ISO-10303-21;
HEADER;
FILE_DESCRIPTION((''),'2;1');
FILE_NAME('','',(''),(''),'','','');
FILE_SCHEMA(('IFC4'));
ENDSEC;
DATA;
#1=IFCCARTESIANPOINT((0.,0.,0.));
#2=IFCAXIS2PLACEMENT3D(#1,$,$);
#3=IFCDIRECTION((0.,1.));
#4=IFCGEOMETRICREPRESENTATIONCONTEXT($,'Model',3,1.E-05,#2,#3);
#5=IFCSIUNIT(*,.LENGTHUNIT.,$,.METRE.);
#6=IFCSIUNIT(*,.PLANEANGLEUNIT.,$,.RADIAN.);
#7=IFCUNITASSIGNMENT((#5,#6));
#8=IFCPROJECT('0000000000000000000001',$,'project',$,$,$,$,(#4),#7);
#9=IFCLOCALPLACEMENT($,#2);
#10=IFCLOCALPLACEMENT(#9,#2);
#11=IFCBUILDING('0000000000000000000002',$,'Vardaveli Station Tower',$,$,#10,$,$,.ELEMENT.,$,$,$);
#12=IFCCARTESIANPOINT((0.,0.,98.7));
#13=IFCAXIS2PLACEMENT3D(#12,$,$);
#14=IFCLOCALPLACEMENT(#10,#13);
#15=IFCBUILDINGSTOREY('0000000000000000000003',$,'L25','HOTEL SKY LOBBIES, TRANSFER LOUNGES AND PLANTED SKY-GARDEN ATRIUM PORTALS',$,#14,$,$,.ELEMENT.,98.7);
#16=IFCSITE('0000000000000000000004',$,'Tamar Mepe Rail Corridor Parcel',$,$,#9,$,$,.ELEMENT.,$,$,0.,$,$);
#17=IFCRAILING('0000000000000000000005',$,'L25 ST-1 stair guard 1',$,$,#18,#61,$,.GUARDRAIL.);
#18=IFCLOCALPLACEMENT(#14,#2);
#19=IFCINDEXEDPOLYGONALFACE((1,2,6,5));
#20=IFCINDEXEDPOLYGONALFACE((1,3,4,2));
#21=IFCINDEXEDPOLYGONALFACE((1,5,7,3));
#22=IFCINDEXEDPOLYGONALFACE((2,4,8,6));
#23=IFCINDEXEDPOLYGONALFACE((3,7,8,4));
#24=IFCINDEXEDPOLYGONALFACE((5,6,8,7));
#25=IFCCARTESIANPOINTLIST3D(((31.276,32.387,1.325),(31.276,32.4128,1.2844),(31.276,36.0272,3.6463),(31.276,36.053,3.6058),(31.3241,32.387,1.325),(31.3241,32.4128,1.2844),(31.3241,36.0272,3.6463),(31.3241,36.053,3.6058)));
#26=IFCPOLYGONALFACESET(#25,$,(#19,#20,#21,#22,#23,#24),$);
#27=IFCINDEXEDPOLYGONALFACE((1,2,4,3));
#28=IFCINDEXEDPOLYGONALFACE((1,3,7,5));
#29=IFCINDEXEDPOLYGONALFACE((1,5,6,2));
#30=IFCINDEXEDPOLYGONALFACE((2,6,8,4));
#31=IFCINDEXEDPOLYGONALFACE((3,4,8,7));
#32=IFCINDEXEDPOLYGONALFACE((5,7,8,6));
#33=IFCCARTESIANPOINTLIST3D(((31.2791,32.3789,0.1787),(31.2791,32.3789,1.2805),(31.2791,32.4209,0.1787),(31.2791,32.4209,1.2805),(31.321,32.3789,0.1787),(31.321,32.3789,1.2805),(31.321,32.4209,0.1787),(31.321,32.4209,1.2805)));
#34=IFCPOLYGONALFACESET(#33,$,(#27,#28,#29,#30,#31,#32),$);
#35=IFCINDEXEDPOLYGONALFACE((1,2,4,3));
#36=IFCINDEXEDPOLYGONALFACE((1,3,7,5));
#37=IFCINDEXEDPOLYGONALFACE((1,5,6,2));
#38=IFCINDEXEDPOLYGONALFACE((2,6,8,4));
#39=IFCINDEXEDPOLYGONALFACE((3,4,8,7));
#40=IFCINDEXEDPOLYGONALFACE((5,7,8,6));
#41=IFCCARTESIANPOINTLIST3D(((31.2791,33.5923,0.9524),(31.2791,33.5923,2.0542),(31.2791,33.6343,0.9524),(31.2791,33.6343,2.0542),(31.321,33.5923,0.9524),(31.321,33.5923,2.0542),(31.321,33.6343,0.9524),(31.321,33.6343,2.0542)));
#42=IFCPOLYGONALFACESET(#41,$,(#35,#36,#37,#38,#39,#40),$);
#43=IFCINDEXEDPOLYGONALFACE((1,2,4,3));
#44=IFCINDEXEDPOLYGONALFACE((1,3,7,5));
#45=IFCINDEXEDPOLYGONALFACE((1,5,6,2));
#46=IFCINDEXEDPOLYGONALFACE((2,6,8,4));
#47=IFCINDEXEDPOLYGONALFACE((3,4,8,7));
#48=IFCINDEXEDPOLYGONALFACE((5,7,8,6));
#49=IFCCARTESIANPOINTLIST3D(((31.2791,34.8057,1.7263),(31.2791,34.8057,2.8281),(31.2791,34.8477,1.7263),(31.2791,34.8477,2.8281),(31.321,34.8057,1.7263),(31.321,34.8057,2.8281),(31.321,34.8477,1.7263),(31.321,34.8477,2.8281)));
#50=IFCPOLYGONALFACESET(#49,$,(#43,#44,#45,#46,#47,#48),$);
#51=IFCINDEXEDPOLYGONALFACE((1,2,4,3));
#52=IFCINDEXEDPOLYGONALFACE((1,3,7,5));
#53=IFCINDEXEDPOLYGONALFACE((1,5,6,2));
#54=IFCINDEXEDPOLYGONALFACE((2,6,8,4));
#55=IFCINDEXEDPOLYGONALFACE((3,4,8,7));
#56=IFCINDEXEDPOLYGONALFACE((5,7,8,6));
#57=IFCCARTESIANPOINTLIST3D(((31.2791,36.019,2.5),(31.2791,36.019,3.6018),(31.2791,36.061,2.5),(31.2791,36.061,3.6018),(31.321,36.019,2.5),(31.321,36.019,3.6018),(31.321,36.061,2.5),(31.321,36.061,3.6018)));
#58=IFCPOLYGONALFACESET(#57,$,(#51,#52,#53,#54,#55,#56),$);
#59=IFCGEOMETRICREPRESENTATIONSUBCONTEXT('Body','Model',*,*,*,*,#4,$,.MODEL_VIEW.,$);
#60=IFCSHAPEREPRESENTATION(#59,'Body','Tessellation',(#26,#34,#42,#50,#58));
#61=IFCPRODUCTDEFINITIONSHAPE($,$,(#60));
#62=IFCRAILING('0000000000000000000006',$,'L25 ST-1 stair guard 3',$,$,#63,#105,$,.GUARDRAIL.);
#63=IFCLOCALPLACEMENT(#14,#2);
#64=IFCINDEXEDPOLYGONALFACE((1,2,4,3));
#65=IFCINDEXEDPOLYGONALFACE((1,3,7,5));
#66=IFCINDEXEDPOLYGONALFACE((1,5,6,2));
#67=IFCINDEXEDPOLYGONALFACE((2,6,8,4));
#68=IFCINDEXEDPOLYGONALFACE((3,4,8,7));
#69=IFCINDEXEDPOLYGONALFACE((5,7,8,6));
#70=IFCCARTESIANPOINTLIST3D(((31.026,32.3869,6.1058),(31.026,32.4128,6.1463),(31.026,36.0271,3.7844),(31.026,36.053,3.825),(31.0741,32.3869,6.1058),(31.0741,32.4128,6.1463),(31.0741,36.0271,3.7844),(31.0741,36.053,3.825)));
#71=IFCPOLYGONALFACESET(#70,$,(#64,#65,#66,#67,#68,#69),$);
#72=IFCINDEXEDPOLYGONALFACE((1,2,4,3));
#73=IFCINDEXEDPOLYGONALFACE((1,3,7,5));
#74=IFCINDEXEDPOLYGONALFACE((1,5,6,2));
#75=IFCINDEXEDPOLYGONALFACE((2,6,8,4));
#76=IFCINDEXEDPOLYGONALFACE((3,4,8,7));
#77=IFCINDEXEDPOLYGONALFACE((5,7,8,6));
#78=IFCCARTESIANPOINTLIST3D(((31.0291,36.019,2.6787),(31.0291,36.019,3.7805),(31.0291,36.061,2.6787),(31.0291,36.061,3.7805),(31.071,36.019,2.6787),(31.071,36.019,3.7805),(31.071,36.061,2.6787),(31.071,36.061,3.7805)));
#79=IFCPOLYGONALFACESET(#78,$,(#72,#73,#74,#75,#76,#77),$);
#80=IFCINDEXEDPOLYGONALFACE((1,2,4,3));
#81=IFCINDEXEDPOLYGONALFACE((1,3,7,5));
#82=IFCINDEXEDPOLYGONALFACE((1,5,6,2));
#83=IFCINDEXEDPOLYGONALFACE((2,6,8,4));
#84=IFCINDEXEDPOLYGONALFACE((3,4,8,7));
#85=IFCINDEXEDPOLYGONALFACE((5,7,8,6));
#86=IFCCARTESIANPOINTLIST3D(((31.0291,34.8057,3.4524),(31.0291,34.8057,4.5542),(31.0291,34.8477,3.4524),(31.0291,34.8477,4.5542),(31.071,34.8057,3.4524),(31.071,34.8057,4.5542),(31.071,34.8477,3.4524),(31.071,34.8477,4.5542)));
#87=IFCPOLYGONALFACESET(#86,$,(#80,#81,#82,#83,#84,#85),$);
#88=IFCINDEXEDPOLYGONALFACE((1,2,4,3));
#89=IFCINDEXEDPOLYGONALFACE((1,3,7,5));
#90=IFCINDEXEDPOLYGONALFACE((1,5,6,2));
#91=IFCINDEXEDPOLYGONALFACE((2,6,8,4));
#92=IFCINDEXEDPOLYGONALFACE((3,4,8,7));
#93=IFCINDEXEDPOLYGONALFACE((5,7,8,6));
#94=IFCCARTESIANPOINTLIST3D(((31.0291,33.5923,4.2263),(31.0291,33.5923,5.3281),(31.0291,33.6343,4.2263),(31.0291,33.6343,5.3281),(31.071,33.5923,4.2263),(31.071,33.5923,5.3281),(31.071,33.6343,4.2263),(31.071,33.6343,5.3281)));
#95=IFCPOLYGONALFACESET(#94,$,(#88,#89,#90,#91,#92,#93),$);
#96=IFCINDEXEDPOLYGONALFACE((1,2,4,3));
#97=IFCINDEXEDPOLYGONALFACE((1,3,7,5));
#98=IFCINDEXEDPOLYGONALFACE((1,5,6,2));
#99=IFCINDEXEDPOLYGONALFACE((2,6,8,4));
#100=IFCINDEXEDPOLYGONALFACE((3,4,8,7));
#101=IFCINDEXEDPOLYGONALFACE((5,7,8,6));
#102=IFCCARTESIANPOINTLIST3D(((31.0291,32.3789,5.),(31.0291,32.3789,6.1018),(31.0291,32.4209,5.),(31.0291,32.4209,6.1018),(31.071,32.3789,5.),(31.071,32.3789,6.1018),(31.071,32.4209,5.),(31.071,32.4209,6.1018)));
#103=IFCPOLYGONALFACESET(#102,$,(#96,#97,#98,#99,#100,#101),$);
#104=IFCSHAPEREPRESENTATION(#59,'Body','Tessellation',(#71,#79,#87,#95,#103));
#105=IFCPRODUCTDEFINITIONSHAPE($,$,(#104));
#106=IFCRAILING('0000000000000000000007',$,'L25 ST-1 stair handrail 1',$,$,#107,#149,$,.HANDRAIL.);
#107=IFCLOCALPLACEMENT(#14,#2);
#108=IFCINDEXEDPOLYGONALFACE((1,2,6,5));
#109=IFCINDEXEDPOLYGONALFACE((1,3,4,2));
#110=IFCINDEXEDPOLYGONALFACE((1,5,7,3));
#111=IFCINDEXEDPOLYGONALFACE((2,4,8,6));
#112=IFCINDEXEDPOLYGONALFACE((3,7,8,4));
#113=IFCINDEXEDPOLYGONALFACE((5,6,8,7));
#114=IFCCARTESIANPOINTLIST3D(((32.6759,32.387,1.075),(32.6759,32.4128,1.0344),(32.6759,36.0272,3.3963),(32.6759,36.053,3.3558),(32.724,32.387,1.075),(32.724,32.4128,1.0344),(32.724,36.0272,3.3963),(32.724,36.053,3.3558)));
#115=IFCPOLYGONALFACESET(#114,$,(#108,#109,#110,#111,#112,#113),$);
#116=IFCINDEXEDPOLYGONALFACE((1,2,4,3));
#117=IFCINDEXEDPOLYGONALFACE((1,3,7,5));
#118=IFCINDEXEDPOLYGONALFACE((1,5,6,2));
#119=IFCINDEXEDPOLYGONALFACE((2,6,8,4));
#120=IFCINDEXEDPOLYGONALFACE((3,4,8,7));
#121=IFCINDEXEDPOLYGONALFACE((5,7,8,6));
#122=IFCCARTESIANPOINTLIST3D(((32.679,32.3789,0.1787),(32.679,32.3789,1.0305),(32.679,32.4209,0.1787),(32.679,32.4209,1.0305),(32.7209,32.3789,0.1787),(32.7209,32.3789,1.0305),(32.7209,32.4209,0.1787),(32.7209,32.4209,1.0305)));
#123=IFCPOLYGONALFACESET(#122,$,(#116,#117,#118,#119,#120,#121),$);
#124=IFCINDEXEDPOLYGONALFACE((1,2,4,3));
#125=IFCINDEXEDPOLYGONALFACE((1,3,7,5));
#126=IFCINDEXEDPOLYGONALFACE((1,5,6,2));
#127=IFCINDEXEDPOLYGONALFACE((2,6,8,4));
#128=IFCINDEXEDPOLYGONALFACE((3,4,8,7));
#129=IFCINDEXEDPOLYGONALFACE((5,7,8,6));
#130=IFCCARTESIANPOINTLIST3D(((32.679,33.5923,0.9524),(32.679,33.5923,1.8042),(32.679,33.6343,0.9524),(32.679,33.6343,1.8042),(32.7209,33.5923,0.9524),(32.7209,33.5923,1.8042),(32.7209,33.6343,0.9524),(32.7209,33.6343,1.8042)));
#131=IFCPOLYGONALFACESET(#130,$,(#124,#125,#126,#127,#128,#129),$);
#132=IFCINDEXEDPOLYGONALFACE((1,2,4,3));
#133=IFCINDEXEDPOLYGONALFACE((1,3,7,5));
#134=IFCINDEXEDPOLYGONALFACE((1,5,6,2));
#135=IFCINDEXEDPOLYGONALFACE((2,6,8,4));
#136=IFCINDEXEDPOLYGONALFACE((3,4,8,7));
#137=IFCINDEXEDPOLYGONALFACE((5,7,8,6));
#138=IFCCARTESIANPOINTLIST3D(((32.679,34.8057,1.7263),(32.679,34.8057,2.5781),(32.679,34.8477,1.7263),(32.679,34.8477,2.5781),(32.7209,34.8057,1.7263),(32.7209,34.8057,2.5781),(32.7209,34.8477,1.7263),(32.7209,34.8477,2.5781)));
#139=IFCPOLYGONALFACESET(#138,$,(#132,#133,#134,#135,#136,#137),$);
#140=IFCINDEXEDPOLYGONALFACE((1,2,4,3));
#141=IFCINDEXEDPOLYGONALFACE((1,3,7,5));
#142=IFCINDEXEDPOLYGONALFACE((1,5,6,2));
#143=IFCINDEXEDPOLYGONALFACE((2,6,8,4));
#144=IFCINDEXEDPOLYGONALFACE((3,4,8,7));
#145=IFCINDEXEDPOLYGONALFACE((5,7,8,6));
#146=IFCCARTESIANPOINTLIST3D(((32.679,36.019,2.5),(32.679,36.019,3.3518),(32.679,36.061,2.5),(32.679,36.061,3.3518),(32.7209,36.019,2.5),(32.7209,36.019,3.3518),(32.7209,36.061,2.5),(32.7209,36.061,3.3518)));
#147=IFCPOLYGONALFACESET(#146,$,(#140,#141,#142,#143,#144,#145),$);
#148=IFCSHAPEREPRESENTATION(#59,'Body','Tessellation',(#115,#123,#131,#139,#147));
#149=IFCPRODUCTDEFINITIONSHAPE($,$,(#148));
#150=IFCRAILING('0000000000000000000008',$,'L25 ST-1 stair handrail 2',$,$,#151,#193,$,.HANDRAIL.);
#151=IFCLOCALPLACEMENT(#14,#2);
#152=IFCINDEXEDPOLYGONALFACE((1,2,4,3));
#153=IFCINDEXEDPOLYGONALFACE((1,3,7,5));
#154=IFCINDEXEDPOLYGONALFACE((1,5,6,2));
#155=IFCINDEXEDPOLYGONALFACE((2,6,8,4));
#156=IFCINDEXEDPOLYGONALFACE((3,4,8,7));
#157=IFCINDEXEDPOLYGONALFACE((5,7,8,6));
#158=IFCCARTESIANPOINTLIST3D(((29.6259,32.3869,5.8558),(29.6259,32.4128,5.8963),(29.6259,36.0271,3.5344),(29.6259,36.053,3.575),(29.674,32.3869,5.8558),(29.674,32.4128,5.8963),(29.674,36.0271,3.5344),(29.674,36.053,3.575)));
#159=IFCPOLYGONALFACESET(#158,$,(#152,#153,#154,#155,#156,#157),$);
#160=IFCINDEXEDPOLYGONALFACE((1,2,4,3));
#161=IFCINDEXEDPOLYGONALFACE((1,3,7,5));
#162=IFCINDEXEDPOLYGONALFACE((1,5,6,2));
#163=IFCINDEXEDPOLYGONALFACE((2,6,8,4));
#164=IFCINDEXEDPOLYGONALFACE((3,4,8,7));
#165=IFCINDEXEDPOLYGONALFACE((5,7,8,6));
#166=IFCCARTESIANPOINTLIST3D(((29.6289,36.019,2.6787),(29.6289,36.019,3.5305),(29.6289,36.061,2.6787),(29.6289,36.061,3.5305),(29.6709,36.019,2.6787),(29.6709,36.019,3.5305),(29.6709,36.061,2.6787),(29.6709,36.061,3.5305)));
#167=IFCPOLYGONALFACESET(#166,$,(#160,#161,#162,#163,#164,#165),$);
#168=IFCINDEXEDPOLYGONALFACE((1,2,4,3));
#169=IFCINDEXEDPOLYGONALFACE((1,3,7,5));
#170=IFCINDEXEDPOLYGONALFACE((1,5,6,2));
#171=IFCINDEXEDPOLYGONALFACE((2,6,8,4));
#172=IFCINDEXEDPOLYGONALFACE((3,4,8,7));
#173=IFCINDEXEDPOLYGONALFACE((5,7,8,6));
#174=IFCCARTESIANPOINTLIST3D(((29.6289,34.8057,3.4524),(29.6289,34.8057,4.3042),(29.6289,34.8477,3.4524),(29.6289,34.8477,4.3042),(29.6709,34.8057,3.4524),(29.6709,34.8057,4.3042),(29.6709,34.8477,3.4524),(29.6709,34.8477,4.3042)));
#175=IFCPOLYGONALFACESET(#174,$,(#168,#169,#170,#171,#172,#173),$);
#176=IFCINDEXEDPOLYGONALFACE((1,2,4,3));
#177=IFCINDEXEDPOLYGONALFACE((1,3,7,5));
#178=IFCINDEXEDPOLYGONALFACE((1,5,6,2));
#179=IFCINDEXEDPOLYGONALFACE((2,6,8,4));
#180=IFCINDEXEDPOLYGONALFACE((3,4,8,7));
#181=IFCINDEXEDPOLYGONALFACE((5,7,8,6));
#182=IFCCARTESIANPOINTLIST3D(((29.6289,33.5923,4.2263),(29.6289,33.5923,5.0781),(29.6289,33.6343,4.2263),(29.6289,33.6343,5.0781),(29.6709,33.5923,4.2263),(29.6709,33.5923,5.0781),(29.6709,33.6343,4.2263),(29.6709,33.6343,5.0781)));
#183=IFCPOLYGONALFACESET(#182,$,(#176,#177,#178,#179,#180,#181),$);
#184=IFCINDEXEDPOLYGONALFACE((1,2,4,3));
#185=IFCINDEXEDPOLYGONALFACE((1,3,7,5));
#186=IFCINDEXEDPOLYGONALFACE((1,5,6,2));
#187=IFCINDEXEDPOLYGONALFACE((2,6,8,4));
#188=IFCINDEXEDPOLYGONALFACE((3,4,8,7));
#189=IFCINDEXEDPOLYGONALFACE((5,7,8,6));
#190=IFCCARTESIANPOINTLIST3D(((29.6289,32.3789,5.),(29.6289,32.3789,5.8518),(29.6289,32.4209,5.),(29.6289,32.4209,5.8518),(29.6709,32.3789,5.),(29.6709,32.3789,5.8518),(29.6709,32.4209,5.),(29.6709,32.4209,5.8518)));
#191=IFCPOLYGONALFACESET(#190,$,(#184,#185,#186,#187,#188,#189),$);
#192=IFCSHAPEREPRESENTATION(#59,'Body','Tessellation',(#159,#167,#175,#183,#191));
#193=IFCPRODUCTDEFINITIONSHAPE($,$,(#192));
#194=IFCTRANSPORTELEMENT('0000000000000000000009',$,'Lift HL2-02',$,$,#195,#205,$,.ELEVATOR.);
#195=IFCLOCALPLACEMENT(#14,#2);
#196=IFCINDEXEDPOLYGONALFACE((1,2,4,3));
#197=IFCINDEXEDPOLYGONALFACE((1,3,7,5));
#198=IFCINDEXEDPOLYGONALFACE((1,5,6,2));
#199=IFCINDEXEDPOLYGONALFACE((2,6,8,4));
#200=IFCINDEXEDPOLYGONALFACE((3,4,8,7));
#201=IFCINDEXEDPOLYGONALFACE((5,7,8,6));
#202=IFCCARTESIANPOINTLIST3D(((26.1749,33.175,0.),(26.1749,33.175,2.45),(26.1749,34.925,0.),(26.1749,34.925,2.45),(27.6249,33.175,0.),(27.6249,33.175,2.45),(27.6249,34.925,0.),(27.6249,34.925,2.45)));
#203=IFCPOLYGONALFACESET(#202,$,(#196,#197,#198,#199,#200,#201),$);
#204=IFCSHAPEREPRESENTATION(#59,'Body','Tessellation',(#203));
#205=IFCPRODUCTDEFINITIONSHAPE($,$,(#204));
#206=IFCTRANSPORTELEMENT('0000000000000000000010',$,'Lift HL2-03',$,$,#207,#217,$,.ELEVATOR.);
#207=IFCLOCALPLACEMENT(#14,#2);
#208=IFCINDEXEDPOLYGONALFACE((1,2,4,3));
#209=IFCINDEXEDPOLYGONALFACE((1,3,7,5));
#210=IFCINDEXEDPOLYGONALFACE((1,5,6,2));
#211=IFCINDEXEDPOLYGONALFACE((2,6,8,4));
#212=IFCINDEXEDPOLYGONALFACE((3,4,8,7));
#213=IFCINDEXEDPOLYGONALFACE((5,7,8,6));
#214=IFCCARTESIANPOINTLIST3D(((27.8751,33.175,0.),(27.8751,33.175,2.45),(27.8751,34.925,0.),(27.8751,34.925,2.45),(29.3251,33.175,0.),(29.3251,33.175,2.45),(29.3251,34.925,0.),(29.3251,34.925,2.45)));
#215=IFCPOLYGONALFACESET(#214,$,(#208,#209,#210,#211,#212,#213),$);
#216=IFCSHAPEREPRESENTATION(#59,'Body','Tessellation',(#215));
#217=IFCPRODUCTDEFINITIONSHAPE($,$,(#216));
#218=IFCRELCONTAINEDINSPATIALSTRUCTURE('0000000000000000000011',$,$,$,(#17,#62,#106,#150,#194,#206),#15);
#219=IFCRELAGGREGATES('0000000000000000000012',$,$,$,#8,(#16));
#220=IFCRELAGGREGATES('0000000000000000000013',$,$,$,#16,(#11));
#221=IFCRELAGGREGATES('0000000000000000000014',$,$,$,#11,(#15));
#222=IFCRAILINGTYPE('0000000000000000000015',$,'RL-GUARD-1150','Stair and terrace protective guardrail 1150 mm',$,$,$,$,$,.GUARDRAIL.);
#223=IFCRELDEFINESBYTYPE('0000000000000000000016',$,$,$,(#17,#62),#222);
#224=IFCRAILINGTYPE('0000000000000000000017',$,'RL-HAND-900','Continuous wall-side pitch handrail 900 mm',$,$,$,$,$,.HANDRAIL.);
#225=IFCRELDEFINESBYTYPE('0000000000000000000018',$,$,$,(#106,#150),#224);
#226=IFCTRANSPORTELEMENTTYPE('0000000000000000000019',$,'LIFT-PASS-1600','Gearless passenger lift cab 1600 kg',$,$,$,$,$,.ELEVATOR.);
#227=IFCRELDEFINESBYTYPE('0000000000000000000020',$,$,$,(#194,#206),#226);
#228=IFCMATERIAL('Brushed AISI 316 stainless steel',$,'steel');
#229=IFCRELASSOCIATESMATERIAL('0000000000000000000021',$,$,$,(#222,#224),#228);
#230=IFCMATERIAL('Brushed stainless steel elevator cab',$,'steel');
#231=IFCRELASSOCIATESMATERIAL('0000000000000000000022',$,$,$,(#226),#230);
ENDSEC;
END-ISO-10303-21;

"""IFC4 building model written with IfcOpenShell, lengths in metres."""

from ifc_helpers import new_model, si_unit, direction, frame, origin, origin_2d, place, context, subcontext, project, spatial, rectangle, extrude, source, transform, mapped, material, type_object, element, save


model = new_model("IFC4")

# Units and contexts
model_context = context("Model", 3, precision=1e-05, world=origin(), true_north=direction((0.0, 1.0)))
body_context = subcontext(model_context, "Body", "Model", "MODEL_VIEW")
ifc_project = project(units=[si_unit("LENGTHUNIT", "METRE"), si_unit("PLANEANGLEUNIT", "RADIAN")], contexts=[model_context])

# Site, building, storey
site_placement = place(None, origin())
site = spatial("IfcSite", under=ifc_project, at=site_placement, Name="Tamar Mepe Rail Corridor Parcel", CompositionType="ELEMENT", RefElevation=0.0)
building_placement = place(site_placement, origin())
building = spatial("IfcBuilding", under=site, at=building_placement, Name="Vardaveli Station Tower", CompositionType="ELEMENT")
storey_placement = place(building_placement, frame((0.0, 0.0, 98.7)))
storey = spatial("IfcBuildingStorey", under=building, at=storey_placement, Name="L25", Description="HOTEL SKY LOBBIES, TRANSFER LOUNGES AND PLANTED SKY-GARDEN ATRIUM PORTALS", CompositionType="ELEMENT", Elevation=98.7)

# Railings
ifc_material_1 = material(Name="Brushed AISI 316 stainless steel", Category="steel")
railing_type_1 = type_object("IfcRailingType", Name="RL-GUARD-1150", Description="Stair and terrace protective guardrail 1150 mm", PredefinedType="GUARDRAIL", material=ifc_material_1)
shared_shape_1 = source(origin(), body_context, "Body", "SweptSolid", [
    extrude(rectangle(XDim=0.0481, YDim=0.0481, at=origin_2d()), frame((0.0, 0.0, 1.126), z_axis=(0.0, 0.843153, 0.537673), x_axis=(-1.0, 0.0, 0.0)), (0.0, 0.0, 1.0), 4.3174),
    extrude(rectangle(XDim=0.042, YDim=0.042, at=origin_2d()), origin(), (0.0, 0.0, 1.0), 1.1018),
    extrude(rectangle(XDim=0.042, YDim=0.042, at=origin_2d()), frame((0.0, 1.2134, 0.7737)), (0.0, 0.0, 1.0), 1.1018),
    extrude(rectangle(XDim=0.042, YDim=0.042, at=origin_2d()), frame((0.0, 2.4268, 1.5476)), (0.0, 0.0, 1.0), 1.1018),
    extrude(rectangle(XDim=0.042, YDim=0.042, at=origin_2d()), frame((0.0, 3.6401, 2.3213)), (0.0, 0.0, 1.0), 1.1018),
])
railing_1_placement = place(storey_placement, frame((31.3, 32.3999, 0.1787)))
element("IfcRailing", 1, at=railing_1_placement, inside=storey, type_object=railing_type_1, Name="L25 ST-1 stair guard 1", PredefinedType="GUARDRAIL", context=body_context, shape_type="MappedRepresentation", body=[
    mapped(shared_shape_1, transform((0.0, 0.0, 0.0), scale=1.0)),
])
shared_shape_2 = source(origin(), body_context, "Body", "SweptSolid", [
    extrude(rectangle(XDim=0.0481, YDim=0.0481, at=origin_2d()), frame((0.0, 0.0, 1.126), z_axis=(0.0, -0.843153, 0.537673), x_axis=(1.0, 0.0, 0.0)), (0.0, 0.0, 1.0), 4.3174),
    extrude(rectangle(XDim=0.042, YDim=0.042, at=origin_2d()), origin(), (0.0, 0.0, 1.0), 1.1018),
    extrude(rectangle(XDim=0.042, YDim=0.042, at=origin_2d()), frame((0.0, -1.2134, 0.7737)), (0.0, 0.0, 1.0), 1.1018),
    extrude(rectangle(XDim=0.042, YDim=0.042, at=origin_2d()), frame((0.0, -2.4268, 1.5476)), (0.0, 0.0, 1.0), 1.1018),
    extrude(rectangle(XDim=0.042, YDim=0.042, at=origin_2d()), frame((0.0, -3.6401, 2.3213)), (0.0, 0.0, 1.0), 1.1018),
])
railing_2_placement = place(storey_placement, frame((31.05, 36.04, 2.6787)))
element("IfcRailing", 2, at=railing_2_placement, inside=storey, type_object=railing_type_1, Name="L25 ST-1 stair guard 3", PredefinedType="GUARDRAIL", context=body_context, shape_type="MappedRepresentation", body=[
    mapped(shared_shape_2, transform((0.0, 0.0, 0.0), scale=1.0)),
])
railing_type_2 = type_object("IfcRailingType", Name="RL-HAND-900", Description="Continuous wall-side pitch handrail 900 mm", PredefinedType="HANDRAIL", material=ifc_material_1)
shared_shape_3 = source(origin(), body_context, "Body", "SweptSolid", [
    extrude(rectangle(XDim=0.0481, YDim=0.0481, at=origin_2d()), frame((0.0, 0.0, 0.876), z_axis=(0.0, 0.843153, 0.537673), x_axis=(-1.0, 0.0, 0.0)), (0.0, 0.0, 1.0), 4.3174),
    extrude(rectangle(XDim=0.042, YDim=0.042, at=origin_2d()), origin(), (0.0, 0.0, 1.0), 0.8518),
    extrude(rectangle(XDim=0.042, YDim=0.042, at=origin_2d()), frame((0.0, 1.2134, 0.7737)), (0.0, 0.0, 1.0), 0.8518),
    extrude(rectangle(XDim=0.042, YDim=0.042, at=origin_2d()), frame((0.0, 2.4268, 1.5476)), (0.0, 0.0, 1.0), 0.8518),
    extrude(rectangle(XDim=0.042, YDim=0.042, at=origin_2d()), frame((0.0, 3.6401, 2.3213)), (0.0, 0.0, 1.0), 0.8518),
])
railing_3_placement = place(storey_placement, frame((32.7, 32.3999, 0.1787)))
element("IfcRailing", 3, at=railing_3_placement, inside=storey, type_object=railing_type_2, Name="L25 ST-1 stair handrail 1", PredefinedType="HANDRAIL", context=body_context, shape_type="MappedRepresentation", body=[
    mapped(shared_shape_3, transform((0.0, 0.0, 0.0), scale=1.0)),
])
shared_shape_4 = source(origin(), body_context, "Body", "SweptSolid", [
    extrude(rectangle(XDim=0.0481, YDim=0.0481, at=origin_2d()), frame((0.0, 0.0, 0.876), z_axis=(0.0, -0.843153, 0.537673), x_axis=(1.0, 0.0, 0.0)), (0.0, 0.0, 1.0), 4.3174),
    extrude(rectangle(XDim=0.042, YDim=0.042, at=origin_2d()), origin(), (0.0, 0.0, 1.0), 0.8518),
    extrude(rectangle(XDim=0.042, YDim=0.042, at=origin_2d()), frame((0.0, -1.2134, 0.7737)), (0.0, 0.0, 1.0), 0.8518),
    extrude(rectangle(XDim=0.042, YDim=0.042, at=origin_2d()), frame((0.0, -2.4268, 1.5476)), (0.0, 0.0, 1.0), 0.8518),
    extrude(rectangle(XDim=0.042, YDim=0.042, at=origin_2d()), frame((0.0, -3.6401, 2.3213)), (0.0, 0.0, 1.0), 0.8518),
])
railing_4_placement = place(storey_placement, frame((29.6499, 36.04, 2.6787)))
element("IfcRailing", 4, at=railing_4_placement, inside=storey, type_object=railing_type_2, Name="L25 ST-1 stair handrail 2", PredefinedType="HANDRAIL", context=body_context, shape_type="MappedRepresentation", body=[
    mapped(shared_shape_4, transform((0.0, 0.0, 0.0), scale=1.0)),
])

# Transport elements
ifc_material_2 = material(Name="Brushed stainless steel elevator cab", Category="steel")
transport_element_type = type_object("IfcTransportElementType", Name="LIFT-PASS-1600", Description="Gearless passenger lift cab 1600 kg", PredefinedType="ELEVATOR", material=ifc_material_2)
shared_shape_5 = source(origin(), body_context, "Body", "SweptSolid", [
    extrude(rectangle(XDim=1.45, YDim=1.75, at=origin_2d()), origin(), (0.0, 0.0, 1.0), 2.45),
])
for number, where, z_axis, x_axis, name in (
    (5, (26.8999, 34.05, 0.0), (0.0, 0.0, 1.0), (1.0, 0.0, 0.0), "Lift HL2-02"),
    (6, (28.6001, 34.05, 0.0), (0.0, 0.0, 1.0), (1.0, 0.0, 0.0), "Lift HL2-03"),
):
    element("IfcTransportElement", number, at=place(storey_placement, frame(where, z_axis=z_axis, x_axis=x_axis)), inside=storey, type_object=transport_element_type, Name=name, PredefinedType="ELEVATOR", context=body_context, shape_type="MappedRepresentation", body=[
        mapped(shared_shape_5, transform((0.0, 0.0, 0.0), scale=1.0)),
    ])

save(model, "model.ifc")
